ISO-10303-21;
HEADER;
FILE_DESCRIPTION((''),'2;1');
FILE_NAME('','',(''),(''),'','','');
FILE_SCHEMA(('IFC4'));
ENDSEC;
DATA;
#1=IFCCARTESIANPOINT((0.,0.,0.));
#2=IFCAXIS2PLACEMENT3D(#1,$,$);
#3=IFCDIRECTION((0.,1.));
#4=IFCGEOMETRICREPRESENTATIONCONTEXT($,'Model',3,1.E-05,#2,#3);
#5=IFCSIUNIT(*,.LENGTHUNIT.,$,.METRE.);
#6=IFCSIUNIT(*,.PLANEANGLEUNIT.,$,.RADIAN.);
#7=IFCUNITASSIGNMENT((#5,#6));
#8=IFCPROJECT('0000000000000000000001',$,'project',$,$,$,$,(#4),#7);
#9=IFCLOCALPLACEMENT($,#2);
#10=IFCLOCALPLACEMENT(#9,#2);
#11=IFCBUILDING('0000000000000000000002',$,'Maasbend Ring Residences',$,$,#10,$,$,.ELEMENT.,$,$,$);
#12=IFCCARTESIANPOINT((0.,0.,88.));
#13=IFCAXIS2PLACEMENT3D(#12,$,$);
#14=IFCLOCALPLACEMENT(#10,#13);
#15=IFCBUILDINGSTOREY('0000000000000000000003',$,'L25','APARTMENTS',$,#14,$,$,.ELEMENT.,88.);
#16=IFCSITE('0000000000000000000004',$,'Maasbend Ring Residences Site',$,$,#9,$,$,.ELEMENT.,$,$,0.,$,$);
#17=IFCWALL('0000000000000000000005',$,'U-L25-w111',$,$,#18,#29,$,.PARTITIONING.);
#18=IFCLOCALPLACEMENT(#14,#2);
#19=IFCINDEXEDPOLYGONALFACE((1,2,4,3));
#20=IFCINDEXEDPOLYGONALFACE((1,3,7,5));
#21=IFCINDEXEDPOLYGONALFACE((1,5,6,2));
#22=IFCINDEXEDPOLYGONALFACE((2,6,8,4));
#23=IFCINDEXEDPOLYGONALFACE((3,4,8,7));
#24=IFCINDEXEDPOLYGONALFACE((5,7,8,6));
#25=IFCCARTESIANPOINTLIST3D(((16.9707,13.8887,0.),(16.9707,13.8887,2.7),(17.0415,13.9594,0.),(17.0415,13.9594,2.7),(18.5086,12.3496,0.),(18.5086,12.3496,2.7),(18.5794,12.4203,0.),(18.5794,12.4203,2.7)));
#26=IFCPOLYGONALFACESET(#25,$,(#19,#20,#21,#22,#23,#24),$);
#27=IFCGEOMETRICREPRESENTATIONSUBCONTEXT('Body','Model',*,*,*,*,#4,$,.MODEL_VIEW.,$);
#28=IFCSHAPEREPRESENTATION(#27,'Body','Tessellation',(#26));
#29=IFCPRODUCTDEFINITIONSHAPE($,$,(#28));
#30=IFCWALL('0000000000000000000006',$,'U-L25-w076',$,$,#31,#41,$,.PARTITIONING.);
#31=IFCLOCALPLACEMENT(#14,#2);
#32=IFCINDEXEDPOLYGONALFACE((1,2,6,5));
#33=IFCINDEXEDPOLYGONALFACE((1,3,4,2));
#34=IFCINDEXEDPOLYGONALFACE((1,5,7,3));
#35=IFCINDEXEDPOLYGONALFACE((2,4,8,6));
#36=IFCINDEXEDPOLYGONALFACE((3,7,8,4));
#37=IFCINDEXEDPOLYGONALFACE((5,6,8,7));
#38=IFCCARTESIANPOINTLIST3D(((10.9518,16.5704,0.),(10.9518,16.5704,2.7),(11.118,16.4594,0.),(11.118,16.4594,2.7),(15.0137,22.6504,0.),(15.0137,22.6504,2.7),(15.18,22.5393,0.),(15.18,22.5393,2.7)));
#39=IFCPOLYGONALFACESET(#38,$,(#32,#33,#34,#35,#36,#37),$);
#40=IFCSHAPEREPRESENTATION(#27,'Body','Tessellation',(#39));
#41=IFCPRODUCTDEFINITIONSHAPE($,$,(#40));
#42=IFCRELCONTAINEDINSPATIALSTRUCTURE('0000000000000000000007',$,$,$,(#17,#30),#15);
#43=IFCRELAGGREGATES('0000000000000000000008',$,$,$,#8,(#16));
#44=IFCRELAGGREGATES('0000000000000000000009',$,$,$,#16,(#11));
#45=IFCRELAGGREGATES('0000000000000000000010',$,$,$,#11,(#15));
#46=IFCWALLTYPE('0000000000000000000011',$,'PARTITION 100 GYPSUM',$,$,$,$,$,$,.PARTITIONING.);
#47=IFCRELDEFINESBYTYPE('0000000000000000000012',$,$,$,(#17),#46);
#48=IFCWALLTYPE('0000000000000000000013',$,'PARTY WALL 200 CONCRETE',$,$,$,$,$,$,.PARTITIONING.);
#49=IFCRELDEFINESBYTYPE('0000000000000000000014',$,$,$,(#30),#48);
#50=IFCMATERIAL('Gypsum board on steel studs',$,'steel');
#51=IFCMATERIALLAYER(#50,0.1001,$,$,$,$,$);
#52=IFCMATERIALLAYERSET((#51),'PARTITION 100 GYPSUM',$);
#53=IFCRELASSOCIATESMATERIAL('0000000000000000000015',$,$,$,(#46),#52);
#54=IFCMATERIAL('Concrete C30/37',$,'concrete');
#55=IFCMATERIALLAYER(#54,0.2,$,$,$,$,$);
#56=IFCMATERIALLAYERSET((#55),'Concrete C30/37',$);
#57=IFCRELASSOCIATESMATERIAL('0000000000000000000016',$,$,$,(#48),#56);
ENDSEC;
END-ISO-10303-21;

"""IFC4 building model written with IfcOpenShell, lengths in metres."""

from ifc_helpers import new_model, si_unit, direction, frame, frame_2d, origin, place, context, subcontext, project, spatial, rectangle, extrude, material, layer, layer_set, type_object, element, save


model = new_model("IFC4")

# Units and contexts
model_context = context("Model", 3, precision=1e-05, world=origin(), true_north=direction((0.0, 1.0)))
body_context = subcontext(model_context, "Body", "Model", "MODEL_VIEW")
ifc_project = project(units=[si_unit("LENGTHUNIT", "METRE"), si_unit("PLANEANGLEUNIT", "RADIAN")], contexts=[model_context])

# Site, building, storey
site_placement = place(None, origin())
site = spatial("IfcSite", under=ifc_project, at=site_placement, Name="Maasbend Ring Residences Site", CompositionType="ELEMENT", RefElevation=0.0)
building_placement = place(site_placement, origin())
building = spatial("IfcBuilding", under=site, at=building_placement, Name="Maasbend Ring Residences", CompositionType="ELEMENT")
storey_placement = place(building_placement, frame((0.0, 0.0, 88.0)))
storey = spatial("IfcBuildingStorey", under=building, at=storey_placement, Name="L25", Description="APARTMENTS", CompositionType="ELEMENT", Elevation=88.0)

# Shared definitions
ifc_material_1 = material(Name="Gypsum board on steel studs", Category="steel")
ifc_layer_1 = layer(ifc_material_1, 0.1001)
ifc_layer_set_1 = layer_set([ifc_layer_1], Name="PARTITION 100 GYPSUM")
wall_type_1 = type_object("IfcWallType", Name="PARTITION 100 GYPSUM", PredefinedType="PARTITIONING", material=ifc_layer_set_1)

# Walls
wall_1_placement = place(storey_placement, frame((17.0061, 13.9241, 0.0), z_axis=(0.0, 0.0, 1.0), x_axis=(0.706826, -0.707387, 0.0)))
element("IfcWall", 1, at=wall_1_placement, inside=storey, type_object=wall_type_1, Name="U-L25-w111", PredefinedType="PARTITIONING", context=body_context, shape_type="SweptSolid", body=[
    extrude(rectangle(XDim=2.1758, YDim=0.1001, at=frame_2d((1.0879, 0.0))), origin(), (0.0, 0.0, 1.0), 2.7),
])
ifc_material_2 = material(Name="Concrete C30/37", Category="concrete")
ifc_layer_2 = layer(ifc_material_2, 0.2)
ifc_layer_set_2 = layer_set([ifc_layer_2], Name="Concrete C30/37")
wall_type_2 = type_object("IfcWallType", Name="PARTY WALL 200 CONCRETE", PredefinedType="PARTITIONING", material=ifc_layer_set_2)
wall_2_placement = place(storey_placement, frame((11.0349, 16.5149, 0.0), z_axis=(0.0, 0.0, 1.0), x_axis=(0.555517, 0.831505, 0.0)))
element("IfcWall", 2, at=wall_2_placement, inside=storey, type_object=wall_type_2, Name="U-L25-w076", PredefinedType="PARTITIONING", context=body_context, shape_type="SweptSolid", body=[
    extrude(rectangle(XDim=7.312, YDim=0.2, at=frame_2d((3.656, 0.0))), origin(), (0.0, 0.0, 1.0), 2.7),
])

save(model, "model.ifc")
